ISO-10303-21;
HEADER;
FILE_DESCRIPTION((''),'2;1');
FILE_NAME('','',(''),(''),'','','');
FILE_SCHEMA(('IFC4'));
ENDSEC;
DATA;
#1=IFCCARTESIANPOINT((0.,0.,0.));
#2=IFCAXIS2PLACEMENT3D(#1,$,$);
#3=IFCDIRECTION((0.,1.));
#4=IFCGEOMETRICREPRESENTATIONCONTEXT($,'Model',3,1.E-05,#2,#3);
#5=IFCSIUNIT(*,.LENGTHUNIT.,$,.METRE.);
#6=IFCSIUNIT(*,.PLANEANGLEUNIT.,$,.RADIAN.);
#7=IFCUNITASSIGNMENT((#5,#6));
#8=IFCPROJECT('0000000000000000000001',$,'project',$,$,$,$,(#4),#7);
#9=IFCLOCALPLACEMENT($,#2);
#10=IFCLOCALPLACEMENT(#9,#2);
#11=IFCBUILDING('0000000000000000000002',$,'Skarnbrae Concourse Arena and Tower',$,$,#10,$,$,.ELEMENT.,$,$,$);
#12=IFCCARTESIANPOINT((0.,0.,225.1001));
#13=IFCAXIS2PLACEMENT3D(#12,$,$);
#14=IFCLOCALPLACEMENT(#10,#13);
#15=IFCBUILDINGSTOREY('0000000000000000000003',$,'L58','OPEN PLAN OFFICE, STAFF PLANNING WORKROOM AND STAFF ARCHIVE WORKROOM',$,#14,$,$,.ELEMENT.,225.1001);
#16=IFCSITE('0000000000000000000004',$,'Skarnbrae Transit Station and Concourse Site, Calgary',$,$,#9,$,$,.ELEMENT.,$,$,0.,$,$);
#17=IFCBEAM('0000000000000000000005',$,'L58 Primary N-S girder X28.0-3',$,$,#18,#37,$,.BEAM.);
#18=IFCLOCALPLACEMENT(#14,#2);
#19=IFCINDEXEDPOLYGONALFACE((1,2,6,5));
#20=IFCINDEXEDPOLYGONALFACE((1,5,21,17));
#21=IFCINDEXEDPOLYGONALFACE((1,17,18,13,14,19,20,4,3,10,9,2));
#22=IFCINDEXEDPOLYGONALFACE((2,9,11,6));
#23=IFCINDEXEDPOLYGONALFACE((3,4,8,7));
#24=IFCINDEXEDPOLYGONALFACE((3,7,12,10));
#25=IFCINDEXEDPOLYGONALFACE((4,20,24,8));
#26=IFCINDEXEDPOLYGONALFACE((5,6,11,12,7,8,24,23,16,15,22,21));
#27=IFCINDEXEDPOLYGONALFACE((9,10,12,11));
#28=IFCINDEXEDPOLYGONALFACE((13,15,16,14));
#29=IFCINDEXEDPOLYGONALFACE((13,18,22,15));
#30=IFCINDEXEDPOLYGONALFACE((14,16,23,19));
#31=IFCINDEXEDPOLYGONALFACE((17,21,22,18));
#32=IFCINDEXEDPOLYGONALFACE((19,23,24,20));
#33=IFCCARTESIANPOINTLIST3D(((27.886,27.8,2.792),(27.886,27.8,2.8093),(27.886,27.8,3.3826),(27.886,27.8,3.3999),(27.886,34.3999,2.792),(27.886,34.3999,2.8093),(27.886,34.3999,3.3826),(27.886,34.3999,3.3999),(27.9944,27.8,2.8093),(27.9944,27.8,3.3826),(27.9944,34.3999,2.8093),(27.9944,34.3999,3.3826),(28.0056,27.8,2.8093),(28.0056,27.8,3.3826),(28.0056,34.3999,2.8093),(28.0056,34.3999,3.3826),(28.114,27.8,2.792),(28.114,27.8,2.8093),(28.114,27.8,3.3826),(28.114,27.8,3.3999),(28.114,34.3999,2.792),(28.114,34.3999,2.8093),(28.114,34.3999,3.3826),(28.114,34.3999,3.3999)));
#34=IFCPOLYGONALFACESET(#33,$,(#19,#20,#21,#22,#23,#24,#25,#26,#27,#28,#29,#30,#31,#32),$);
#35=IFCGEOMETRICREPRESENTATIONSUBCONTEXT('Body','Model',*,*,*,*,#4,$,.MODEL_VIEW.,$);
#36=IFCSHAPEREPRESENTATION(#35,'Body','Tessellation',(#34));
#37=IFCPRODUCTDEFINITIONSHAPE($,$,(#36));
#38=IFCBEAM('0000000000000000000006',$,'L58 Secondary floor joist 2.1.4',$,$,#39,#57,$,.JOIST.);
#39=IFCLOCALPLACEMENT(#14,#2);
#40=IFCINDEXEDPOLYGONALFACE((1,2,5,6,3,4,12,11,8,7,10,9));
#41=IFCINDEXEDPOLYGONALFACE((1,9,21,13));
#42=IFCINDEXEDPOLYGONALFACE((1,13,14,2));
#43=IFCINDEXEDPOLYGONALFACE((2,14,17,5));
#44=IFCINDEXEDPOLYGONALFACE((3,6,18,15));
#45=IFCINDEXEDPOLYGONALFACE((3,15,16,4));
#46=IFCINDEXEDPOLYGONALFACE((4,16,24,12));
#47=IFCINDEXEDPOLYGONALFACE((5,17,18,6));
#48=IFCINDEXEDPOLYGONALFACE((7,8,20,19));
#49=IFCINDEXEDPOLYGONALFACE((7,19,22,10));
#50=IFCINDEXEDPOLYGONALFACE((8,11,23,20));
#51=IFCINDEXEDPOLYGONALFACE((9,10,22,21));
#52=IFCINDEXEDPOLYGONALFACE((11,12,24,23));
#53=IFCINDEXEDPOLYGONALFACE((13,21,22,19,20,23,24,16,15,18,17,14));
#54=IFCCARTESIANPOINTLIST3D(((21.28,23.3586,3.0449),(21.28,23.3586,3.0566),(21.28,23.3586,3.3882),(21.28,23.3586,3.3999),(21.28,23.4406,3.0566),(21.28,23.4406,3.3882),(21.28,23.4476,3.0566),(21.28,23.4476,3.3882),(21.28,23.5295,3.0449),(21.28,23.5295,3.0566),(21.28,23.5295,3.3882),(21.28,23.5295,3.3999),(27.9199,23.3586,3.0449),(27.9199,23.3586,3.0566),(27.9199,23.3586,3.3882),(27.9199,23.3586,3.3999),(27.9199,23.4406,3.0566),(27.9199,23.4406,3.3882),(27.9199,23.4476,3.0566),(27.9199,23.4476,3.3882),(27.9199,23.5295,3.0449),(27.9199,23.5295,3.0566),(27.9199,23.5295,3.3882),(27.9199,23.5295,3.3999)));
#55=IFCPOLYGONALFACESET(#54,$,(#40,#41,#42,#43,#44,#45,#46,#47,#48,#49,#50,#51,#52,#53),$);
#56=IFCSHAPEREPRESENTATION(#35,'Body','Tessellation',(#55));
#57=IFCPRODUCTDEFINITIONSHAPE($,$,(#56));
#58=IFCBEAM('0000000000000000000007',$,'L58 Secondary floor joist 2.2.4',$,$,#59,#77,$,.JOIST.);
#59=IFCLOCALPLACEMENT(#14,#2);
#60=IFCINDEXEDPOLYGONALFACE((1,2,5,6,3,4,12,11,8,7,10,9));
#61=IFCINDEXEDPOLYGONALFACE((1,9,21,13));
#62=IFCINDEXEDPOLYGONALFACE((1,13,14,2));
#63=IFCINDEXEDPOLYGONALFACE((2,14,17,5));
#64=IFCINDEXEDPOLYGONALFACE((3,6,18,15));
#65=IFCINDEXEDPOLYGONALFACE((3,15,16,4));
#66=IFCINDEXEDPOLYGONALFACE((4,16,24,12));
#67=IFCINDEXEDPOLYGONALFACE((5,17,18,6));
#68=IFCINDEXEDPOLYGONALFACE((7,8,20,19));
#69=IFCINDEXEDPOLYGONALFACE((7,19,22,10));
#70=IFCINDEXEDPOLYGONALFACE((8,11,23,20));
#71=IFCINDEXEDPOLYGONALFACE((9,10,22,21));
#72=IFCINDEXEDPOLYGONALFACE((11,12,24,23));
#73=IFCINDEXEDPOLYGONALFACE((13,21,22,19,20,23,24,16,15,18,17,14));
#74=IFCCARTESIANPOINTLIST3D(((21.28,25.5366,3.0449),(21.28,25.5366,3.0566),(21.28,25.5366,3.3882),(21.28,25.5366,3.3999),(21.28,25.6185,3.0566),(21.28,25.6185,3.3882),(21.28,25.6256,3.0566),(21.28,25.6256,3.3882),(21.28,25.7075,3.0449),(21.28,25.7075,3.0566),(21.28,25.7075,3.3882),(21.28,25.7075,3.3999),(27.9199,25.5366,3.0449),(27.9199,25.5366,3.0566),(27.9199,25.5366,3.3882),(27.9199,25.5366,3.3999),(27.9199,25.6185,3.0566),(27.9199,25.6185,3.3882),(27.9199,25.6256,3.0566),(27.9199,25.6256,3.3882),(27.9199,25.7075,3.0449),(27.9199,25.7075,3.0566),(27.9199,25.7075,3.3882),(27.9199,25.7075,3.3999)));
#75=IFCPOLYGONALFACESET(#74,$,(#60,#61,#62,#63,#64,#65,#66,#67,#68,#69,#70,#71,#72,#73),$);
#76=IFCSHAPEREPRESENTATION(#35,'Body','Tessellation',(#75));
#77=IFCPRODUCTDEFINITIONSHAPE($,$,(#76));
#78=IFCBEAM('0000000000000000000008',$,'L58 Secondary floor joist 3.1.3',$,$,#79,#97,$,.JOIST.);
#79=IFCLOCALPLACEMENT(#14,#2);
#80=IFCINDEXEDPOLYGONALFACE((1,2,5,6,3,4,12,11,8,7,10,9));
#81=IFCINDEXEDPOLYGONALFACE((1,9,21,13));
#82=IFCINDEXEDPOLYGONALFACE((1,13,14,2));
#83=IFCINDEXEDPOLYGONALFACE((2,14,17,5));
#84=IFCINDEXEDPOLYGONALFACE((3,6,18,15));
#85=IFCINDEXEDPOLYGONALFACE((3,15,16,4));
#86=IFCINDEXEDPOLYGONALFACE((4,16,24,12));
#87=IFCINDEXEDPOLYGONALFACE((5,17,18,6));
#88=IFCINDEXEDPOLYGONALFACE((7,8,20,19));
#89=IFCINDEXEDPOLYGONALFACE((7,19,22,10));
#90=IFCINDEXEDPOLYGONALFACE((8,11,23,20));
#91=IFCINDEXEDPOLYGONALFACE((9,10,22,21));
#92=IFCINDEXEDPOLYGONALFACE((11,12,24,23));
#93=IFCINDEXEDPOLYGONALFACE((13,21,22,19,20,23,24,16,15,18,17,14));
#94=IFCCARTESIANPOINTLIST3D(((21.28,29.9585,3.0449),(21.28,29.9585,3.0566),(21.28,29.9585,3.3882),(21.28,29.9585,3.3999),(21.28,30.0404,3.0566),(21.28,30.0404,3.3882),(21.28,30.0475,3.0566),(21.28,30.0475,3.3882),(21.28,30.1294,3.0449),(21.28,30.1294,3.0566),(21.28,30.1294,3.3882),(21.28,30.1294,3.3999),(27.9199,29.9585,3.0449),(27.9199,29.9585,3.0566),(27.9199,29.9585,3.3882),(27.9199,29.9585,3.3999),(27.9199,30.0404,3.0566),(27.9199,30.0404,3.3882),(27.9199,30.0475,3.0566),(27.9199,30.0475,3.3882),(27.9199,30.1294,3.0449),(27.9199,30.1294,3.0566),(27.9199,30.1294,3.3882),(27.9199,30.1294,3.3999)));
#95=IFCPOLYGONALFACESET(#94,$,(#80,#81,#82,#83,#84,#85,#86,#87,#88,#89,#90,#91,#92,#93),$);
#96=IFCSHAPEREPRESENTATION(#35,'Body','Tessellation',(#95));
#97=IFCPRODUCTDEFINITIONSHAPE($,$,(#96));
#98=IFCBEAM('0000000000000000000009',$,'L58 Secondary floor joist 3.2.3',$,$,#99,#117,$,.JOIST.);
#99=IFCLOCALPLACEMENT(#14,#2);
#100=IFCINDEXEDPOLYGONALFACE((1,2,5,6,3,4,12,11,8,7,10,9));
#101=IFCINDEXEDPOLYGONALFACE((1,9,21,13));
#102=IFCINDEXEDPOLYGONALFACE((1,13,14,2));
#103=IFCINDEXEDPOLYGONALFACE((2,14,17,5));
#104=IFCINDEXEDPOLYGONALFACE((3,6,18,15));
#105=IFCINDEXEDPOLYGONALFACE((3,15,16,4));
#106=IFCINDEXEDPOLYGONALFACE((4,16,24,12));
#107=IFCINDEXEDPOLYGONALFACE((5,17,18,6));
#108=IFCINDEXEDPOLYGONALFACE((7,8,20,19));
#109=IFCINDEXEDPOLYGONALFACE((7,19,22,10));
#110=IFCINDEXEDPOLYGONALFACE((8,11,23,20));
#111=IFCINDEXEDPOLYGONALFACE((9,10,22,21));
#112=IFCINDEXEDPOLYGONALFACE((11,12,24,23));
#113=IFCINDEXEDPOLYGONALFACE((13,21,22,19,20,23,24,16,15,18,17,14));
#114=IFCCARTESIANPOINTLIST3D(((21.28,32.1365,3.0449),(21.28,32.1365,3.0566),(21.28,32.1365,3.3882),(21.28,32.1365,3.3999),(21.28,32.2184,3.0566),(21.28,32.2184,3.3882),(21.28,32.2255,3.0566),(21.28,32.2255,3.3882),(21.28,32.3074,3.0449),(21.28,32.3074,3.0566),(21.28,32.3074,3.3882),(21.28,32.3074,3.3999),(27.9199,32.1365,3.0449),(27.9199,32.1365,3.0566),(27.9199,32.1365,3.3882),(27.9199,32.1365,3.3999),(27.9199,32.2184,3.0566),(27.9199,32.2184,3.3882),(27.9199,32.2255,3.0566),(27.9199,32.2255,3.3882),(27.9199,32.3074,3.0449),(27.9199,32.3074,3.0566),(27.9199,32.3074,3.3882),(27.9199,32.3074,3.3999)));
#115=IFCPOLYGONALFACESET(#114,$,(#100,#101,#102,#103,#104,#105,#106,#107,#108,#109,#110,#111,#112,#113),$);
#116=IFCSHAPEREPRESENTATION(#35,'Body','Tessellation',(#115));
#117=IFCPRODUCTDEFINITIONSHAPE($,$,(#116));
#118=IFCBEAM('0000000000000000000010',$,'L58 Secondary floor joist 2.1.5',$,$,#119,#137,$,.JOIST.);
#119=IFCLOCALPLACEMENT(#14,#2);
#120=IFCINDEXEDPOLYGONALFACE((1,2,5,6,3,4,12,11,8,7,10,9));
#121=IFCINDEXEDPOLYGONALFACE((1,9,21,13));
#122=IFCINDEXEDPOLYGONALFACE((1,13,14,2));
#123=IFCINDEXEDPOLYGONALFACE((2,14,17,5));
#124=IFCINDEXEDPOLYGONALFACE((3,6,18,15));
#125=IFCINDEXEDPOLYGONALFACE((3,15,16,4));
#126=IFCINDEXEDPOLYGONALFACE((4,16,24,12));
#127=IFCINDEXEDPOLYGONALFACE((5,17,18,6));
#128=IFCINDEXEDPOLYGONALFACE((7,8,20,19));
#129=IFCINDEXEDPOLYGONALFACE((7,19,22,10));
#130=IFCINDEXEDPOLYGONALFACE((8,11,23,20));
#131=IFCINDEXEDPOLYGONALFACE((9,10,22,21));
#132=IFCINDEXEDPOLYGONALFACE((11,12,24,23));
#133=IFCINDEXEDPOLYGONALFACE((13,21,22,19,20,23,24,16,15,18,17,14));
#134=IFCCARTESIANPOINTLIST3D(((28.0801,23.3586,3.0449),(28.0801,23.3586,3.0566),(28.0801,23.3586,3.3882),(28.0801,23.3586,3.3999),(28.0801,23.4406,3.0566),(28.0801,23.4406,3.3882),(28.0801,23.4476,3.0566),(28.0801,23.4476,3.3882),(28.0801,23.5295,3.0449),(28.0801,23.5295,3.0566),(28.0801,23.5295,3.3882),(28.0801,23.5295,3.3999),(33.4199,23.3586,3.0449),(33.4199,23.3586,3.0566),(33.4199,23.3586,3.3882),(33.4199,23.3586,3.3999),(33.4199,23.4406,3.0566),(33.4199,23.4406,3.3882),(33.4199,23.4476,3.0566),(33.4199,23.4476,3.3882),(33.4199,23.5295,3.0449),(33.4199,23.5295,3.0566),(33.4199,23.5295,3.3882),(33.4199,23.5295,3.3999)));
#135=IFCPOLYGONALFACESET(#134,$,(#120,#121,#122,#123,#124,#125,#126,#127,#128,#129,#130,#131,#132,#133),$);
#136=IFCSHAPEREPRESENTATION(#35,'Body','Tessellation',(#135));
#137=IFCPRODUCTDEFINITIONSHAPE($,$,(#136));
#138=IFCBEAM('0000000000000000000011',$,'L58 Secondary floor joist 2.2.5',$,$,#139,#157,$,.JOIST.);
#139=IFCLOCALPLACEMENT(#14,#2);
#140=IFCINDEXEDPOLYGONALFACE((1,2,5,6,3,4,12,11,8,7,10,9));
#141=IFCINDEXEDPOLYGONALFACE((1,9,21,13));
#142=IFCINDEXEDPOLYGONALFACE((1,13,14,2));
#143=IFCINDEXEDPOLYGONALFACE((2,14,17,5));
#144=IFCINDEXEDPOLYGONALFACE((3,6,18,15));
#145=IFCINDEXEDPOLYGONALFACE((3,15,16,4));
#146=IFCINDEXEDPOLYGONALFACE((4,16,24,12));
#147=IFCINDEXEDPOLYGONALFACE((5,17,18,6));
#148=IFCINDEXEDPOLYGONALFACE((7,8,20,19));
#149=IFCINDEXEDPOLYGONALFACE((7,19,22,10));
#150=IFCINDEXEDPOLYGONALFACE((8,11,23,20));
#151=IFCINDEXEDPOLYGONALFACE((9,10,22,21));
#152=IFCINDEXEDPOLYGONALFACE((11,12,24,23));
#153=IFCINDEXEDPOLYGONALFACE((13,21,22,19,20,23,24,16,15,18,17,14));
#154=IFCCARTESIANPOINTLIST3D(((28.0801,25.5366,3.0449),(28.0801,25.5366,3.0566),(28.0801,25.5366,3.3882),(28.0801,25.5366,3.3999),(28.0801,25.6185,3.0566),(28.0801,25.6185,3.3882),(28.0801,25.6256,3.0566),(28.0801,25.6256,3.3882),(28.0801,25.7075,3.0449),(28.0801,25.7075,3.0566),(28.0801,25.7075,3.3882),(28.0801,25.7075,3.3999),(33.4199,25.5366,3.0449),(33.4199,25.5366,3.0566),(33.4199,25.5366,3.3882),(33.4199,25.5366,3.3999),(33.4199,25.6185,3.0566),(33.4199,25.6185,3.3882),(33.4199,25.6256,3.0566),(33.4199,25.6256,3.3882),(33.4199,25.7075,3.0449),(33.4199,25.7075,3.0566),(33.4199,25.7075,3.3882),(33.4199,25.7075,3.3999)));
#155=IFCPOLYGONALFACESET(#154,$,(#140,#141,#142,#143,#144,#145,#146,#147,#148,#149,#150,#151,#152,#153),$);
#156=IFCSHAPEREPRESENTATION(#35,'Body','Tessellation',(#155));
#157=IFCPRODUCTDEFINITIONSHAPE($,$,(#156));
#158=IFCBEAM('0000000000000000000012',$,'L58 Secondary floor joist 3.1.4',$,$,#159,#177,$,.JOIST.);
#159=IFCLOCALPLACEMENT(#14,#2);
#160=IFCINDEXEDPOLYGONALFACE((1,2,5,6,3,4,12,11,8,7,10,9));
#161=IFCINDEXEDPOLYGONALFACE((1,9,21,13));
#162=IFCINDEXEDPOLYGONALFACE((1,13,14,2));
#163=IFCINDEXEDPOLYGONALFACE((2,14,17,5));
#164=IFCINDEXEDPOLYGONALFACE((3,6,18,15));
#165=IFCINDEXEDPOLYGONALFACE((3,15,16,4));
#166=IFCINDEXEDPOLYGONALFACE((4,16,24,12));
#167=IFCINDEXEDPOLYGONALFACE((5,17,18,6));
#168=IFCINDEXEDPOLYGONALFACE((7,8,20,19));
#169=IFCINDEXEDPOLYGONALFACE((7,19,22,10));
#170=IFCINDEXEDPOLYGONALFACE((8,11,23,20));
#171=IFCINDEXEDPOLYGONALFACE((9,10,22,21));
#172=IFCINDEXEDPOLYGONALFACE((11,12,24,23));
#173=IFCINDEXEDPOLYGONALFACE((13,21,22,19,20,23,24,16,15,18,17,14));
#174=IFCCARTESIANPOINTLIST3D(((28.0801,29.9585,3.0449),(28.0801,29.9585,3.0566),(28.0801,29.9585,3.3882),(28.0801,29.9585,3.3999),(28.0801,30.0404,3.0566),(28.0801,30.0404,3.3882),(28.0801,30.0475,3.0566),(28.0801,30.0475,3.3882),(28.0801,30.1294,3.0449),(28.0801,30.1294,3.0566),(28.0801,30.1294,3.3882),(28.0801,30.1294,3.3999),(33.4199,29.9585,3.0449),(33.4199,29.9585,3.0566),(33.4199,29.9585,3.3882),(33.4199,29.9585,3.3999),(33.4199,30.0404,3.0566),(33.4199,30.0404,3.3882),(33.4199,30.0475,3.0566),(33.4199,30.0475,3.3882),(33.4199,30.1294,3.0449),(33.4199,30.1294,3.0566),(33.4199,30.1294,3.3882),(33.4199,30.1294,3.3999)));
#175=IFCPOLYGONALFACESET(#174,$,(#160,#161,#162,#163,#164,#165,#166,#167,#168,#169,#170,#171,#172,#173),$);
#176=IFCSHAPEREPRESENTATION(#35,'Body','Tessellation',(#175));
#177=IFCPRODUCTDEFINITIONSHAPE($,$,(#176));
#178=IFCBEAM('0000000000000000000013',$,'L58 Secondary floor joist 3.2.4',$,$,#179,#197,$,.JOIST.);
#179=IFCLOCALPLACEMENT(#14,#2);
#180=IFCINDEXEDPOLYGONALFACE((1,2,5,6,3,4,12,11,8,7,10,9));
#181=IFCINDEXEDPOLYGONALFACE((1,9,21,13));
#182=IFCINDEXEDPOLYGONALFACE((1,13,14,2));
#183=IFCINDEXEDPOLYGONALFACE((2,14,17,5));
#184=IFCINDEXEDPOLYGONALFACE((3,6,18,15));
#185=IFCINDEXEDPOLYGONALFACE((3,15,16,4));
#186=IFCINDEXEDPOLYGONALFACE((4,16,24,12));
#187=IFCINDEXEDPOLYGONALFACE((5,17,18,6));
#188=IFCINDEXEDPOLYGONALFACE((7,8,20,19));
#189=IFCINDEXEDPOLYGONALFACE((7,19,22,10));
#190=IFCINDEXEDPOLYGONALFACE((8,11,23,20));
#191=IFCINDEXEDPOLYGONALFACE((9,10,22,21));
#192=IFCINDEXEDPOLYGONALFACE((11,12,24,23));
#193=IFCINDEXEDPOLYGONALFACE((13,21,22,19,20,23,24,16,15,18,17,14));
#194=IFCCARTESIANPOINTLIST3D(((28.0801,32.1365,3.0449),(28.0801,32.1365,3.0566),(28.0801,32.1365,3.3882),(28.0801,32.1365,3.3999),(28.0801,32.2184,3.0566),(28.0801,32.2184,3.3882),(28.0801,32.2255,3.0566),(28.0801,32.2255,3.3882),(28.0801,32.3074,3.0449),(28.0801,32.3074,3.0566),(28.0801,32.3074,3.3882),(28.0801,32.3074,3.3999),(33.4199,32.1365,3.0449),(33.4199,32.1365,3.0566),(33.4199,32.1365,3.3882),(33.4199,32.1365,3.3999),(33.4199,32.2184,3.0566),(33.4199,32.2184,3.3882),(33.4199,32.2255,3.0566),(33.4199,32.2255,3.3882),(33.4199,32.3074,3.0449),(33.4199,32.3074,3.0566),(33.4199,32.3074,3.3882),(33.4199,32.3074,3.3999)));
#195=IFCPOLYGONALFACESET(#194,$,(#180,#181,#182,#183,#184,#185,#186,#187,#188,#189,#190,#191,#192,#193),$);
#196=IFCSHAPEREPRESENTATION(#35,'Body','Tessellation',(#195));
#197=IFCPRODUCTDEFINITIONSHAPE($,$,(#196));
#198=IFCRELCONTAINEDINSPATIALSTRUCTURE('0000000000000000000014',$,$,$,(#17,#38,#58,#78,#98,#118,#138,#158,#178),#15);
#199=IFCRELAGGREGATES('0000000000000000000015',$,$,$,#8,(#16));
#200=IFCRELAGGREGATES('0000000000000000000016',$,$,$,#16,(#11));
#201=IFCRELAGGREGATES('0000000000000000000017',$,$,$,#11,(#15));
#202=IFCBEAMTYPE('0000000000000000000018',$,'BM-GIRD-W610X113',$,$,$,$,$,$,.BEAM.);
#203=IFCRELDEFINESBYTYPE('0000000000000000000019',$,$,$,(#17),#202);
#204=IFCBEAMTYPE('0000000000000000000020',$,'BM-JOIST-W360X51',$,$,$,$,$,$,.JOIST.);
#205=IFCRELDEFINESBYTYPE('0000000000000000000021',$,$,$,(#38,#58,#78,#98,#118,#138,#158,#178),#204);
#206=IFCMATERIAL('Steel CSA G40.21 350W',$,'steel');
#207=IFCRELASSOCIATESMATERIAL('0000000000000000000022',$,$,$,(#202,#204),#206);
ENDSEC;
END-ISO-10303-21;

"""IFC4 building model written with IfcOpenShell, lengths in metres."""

from ifc_helpers import new_model, si_unit, direction, frame, origin, origin_2d, place, context, subcontext, project, spatial, i_section, extrude, source, transform, mapped, material, material_profile, profile_set, type_object, element, save


model = new_model("IFC4")

# Units and contexts
model_context = context("Model", 3, precision=1e-05, world=origin(), true_north=direction((0.0, 1.0)))
body_context = subcontext(model_context, "Body", "Model", "MODEL_VIEW")
ifc_project = project(units=[si_unit("LENGTHUNIT", "METRE"), si_unit("PLANEANGLEUNIT", "RADIAN")], contexts=[model_context])

# Site, building, storey
site_placement = place(None, origin())
site = spatial("IfcSite", under=ifc_project, at=site_placement, Name="Skarnbrae Transit Station and Concourse Site, Calgary", CompositionType="ELEMENT", RefElevation=0.0)
building_placement = place(site_placement, origin())
building = spatial("IfcBuilding", under=site, at=building_placement, Name="Skarnbrae Concourse Arena and Tower", CompositionType="ELEMENT")
storey_placement = place(building_placement, frame((0.0, 0.0, 225.1001)))
storey = spatial("IfcBuildingStorey", under=building, at=storey_placement, Name="L58", Description="OPEN PLAN OFFICE, STAFF PLANNING WORKROOM AND STAFF ARCHIVE WORKROOM", CompositionType="ELEMENT", Elevation=225.1001)

# Shared definitions
ifc_material_1 = material(Name="Steel CSA G40.21 350W", Category="steel")

# Beams
ifc_material_profile_1 = material_profile(ifc_material_1, i_section(OverallWidth=0.228, OverallDepth=0.6079, WebThickness=0.0112, FlangeThickness=0.0173, at=origin_2d()), Name="W610X113")
ifc_profile_set_1 = profile_set([ifc_material_profile_1], Name="Steel CSA G40.21 350W")
beam_type_1 = type_object("IfcBeamType", Name="BM-GIRD-W610X113", PredefinedType="BEAM", material=ifc_profile_set_1)
shared_shape_1 = source(origin(), body_context, "Body", "SweptSolid", [
    extrude(i_section(OverallWidth=0.228, OverallDepth=0.6079, WebThickness=0.0112, FlangeThickness=0.0173, at=origin_2d()), origin(), (0.0, 0.0, 1.0), 6.5999),
])
for number, where, z_axis, x_axis, name in (
    (1, (28.0, 27.8, 3.0959), (0.0, 1.0, 0.0), (-1.0, 0.0, 0.0), "L58 Primary N-S girder X28.0-3"),
):
    element("IfcBeam", number, at=place(storey_placement, frame(where, z_axis=z_axis, x_axis=x_axis)), inside=storey, type_object=beam_type_1, Name=name, PredefinedType="BEAM", context=body_context, shape_type="MappedRepresentation", body=[
        mapped(shared_shape_1, transform((0.0, 0.0, 0.0))),
    ])
ifc_material_profile_2 = material_profile(ifc_material_1, i_section(OverallWidth=0.1709, OverallDepth=0.355, WebThickness=0.0071, FlangeThickness=0.0117, at=origin_2d()), Name="W360X51")
ifc_profile_set_2 = profile_set([ifc_material_profile_2], Name="Steel CSA G40.21 350W")
beam_type_2 = type_object("IfcBeamType", Name="BM-JOIST-W360X51", PredefinedType="JOIST", material=ifc_profile_set_2)
shared_shape_2 = source(origin(), body_context, "Body", "SweptSolid", [
    extrude(i_section(OverallWidth=0.1709, OverallDepth=0.355, WebThickness=0.0071, FlangeThickness=0.0117, at=origin_2d()), origin(), (0.0, 0.0, 1.0), 6.6399),
])
for number, where, z_axis, x_axis, name in (
    (2, (21.28, 23.4441, 3.2224), (1.0, 0.0, 0.0), (0.0, 1.0, 0.0), "L58 Secondary floor joist 2.1.4"),
    (3, (21.28, 25.6221, 3.2224), (1.0, 0.0, 0.0), (0.0, 1.0, 0.0), "L58 Secondary floor joist 2.2.4"),
    (4, (21.28, 30.0439, 3.2224), (1.0, 0.0, 0.0), (0.0, 1.0, 0.0), "L58 Secondary floor joist 3.1.3"),
    (5, (21.28, 32.2219, 3.2224), (1.0, 0.0, 0.0), (0.0, 1.0, 0.0), "L58 Secondary floor joist 3.2.3"),
):
    element("IfcBeam", number, at=place(storey_placement, frame(where, z_axis=z_axis, x_axis=x_axis)), inside=storey, type_object=beam_type_2, Name=name, PredefinedType="JOIST", context=body_context, shape_type="MappedRepresentation", body=[
        mapped(shared_shape_2, transform((0.0, 0.0, 0.0))),
    ])
shared_shape_3 = source(origin(), body_context, "Body", "SweptSolid", [
    extrude(i_section(OverallWidth=0.1709, OverallDepth=0.355, WebThickness=0.0071, FlangeThickness=0.0117, at=origin_2d()), origin(), (0.0, 0.0, 1.0), 5.3398),
])
for number, where, z_axis, x_axis, name in (
    (6, (28.0801, 23.4441, 3.2224), (1.0, 0.0, 0.0), (0.0, 1.0, 0.0), "L58 Secondary floor joist 2.1.5"),
    (7, (28.0801, 25.6221, 3.2224), (1.0, 0.0, 0.0), (0.0, 1.0, 0.0), "L58 Secondary floor joist 2.2.5"),
    (8, (28.0801, 30.0439, 3.2224), (1.0, 0.0, 0.0), (0.0, 1.0, 0.0), "L58 Secondary floor joist 3.1.4"),
    (9, (28.0801, 32.2219, 3.2224), (1.0, 0.0, 0.0), (0.0, 1.0, 0.0), "L58 Secondary floor joist 3.2.4"),
):
    element("IfcBeam", number, at=place(storey_placement, frame(where, z_axis=z_axis, x_axis=x_axis)), inside=storey, type_object=beam_type_2, Name=name, PredefinedType="JOIST", context=body_context, shape_type="MappedRepresentation", body=[
        mapped(shared_shape_3, transform((0.0, 0.0, 0.0))),
    ])

save(model, "model.ifc")
